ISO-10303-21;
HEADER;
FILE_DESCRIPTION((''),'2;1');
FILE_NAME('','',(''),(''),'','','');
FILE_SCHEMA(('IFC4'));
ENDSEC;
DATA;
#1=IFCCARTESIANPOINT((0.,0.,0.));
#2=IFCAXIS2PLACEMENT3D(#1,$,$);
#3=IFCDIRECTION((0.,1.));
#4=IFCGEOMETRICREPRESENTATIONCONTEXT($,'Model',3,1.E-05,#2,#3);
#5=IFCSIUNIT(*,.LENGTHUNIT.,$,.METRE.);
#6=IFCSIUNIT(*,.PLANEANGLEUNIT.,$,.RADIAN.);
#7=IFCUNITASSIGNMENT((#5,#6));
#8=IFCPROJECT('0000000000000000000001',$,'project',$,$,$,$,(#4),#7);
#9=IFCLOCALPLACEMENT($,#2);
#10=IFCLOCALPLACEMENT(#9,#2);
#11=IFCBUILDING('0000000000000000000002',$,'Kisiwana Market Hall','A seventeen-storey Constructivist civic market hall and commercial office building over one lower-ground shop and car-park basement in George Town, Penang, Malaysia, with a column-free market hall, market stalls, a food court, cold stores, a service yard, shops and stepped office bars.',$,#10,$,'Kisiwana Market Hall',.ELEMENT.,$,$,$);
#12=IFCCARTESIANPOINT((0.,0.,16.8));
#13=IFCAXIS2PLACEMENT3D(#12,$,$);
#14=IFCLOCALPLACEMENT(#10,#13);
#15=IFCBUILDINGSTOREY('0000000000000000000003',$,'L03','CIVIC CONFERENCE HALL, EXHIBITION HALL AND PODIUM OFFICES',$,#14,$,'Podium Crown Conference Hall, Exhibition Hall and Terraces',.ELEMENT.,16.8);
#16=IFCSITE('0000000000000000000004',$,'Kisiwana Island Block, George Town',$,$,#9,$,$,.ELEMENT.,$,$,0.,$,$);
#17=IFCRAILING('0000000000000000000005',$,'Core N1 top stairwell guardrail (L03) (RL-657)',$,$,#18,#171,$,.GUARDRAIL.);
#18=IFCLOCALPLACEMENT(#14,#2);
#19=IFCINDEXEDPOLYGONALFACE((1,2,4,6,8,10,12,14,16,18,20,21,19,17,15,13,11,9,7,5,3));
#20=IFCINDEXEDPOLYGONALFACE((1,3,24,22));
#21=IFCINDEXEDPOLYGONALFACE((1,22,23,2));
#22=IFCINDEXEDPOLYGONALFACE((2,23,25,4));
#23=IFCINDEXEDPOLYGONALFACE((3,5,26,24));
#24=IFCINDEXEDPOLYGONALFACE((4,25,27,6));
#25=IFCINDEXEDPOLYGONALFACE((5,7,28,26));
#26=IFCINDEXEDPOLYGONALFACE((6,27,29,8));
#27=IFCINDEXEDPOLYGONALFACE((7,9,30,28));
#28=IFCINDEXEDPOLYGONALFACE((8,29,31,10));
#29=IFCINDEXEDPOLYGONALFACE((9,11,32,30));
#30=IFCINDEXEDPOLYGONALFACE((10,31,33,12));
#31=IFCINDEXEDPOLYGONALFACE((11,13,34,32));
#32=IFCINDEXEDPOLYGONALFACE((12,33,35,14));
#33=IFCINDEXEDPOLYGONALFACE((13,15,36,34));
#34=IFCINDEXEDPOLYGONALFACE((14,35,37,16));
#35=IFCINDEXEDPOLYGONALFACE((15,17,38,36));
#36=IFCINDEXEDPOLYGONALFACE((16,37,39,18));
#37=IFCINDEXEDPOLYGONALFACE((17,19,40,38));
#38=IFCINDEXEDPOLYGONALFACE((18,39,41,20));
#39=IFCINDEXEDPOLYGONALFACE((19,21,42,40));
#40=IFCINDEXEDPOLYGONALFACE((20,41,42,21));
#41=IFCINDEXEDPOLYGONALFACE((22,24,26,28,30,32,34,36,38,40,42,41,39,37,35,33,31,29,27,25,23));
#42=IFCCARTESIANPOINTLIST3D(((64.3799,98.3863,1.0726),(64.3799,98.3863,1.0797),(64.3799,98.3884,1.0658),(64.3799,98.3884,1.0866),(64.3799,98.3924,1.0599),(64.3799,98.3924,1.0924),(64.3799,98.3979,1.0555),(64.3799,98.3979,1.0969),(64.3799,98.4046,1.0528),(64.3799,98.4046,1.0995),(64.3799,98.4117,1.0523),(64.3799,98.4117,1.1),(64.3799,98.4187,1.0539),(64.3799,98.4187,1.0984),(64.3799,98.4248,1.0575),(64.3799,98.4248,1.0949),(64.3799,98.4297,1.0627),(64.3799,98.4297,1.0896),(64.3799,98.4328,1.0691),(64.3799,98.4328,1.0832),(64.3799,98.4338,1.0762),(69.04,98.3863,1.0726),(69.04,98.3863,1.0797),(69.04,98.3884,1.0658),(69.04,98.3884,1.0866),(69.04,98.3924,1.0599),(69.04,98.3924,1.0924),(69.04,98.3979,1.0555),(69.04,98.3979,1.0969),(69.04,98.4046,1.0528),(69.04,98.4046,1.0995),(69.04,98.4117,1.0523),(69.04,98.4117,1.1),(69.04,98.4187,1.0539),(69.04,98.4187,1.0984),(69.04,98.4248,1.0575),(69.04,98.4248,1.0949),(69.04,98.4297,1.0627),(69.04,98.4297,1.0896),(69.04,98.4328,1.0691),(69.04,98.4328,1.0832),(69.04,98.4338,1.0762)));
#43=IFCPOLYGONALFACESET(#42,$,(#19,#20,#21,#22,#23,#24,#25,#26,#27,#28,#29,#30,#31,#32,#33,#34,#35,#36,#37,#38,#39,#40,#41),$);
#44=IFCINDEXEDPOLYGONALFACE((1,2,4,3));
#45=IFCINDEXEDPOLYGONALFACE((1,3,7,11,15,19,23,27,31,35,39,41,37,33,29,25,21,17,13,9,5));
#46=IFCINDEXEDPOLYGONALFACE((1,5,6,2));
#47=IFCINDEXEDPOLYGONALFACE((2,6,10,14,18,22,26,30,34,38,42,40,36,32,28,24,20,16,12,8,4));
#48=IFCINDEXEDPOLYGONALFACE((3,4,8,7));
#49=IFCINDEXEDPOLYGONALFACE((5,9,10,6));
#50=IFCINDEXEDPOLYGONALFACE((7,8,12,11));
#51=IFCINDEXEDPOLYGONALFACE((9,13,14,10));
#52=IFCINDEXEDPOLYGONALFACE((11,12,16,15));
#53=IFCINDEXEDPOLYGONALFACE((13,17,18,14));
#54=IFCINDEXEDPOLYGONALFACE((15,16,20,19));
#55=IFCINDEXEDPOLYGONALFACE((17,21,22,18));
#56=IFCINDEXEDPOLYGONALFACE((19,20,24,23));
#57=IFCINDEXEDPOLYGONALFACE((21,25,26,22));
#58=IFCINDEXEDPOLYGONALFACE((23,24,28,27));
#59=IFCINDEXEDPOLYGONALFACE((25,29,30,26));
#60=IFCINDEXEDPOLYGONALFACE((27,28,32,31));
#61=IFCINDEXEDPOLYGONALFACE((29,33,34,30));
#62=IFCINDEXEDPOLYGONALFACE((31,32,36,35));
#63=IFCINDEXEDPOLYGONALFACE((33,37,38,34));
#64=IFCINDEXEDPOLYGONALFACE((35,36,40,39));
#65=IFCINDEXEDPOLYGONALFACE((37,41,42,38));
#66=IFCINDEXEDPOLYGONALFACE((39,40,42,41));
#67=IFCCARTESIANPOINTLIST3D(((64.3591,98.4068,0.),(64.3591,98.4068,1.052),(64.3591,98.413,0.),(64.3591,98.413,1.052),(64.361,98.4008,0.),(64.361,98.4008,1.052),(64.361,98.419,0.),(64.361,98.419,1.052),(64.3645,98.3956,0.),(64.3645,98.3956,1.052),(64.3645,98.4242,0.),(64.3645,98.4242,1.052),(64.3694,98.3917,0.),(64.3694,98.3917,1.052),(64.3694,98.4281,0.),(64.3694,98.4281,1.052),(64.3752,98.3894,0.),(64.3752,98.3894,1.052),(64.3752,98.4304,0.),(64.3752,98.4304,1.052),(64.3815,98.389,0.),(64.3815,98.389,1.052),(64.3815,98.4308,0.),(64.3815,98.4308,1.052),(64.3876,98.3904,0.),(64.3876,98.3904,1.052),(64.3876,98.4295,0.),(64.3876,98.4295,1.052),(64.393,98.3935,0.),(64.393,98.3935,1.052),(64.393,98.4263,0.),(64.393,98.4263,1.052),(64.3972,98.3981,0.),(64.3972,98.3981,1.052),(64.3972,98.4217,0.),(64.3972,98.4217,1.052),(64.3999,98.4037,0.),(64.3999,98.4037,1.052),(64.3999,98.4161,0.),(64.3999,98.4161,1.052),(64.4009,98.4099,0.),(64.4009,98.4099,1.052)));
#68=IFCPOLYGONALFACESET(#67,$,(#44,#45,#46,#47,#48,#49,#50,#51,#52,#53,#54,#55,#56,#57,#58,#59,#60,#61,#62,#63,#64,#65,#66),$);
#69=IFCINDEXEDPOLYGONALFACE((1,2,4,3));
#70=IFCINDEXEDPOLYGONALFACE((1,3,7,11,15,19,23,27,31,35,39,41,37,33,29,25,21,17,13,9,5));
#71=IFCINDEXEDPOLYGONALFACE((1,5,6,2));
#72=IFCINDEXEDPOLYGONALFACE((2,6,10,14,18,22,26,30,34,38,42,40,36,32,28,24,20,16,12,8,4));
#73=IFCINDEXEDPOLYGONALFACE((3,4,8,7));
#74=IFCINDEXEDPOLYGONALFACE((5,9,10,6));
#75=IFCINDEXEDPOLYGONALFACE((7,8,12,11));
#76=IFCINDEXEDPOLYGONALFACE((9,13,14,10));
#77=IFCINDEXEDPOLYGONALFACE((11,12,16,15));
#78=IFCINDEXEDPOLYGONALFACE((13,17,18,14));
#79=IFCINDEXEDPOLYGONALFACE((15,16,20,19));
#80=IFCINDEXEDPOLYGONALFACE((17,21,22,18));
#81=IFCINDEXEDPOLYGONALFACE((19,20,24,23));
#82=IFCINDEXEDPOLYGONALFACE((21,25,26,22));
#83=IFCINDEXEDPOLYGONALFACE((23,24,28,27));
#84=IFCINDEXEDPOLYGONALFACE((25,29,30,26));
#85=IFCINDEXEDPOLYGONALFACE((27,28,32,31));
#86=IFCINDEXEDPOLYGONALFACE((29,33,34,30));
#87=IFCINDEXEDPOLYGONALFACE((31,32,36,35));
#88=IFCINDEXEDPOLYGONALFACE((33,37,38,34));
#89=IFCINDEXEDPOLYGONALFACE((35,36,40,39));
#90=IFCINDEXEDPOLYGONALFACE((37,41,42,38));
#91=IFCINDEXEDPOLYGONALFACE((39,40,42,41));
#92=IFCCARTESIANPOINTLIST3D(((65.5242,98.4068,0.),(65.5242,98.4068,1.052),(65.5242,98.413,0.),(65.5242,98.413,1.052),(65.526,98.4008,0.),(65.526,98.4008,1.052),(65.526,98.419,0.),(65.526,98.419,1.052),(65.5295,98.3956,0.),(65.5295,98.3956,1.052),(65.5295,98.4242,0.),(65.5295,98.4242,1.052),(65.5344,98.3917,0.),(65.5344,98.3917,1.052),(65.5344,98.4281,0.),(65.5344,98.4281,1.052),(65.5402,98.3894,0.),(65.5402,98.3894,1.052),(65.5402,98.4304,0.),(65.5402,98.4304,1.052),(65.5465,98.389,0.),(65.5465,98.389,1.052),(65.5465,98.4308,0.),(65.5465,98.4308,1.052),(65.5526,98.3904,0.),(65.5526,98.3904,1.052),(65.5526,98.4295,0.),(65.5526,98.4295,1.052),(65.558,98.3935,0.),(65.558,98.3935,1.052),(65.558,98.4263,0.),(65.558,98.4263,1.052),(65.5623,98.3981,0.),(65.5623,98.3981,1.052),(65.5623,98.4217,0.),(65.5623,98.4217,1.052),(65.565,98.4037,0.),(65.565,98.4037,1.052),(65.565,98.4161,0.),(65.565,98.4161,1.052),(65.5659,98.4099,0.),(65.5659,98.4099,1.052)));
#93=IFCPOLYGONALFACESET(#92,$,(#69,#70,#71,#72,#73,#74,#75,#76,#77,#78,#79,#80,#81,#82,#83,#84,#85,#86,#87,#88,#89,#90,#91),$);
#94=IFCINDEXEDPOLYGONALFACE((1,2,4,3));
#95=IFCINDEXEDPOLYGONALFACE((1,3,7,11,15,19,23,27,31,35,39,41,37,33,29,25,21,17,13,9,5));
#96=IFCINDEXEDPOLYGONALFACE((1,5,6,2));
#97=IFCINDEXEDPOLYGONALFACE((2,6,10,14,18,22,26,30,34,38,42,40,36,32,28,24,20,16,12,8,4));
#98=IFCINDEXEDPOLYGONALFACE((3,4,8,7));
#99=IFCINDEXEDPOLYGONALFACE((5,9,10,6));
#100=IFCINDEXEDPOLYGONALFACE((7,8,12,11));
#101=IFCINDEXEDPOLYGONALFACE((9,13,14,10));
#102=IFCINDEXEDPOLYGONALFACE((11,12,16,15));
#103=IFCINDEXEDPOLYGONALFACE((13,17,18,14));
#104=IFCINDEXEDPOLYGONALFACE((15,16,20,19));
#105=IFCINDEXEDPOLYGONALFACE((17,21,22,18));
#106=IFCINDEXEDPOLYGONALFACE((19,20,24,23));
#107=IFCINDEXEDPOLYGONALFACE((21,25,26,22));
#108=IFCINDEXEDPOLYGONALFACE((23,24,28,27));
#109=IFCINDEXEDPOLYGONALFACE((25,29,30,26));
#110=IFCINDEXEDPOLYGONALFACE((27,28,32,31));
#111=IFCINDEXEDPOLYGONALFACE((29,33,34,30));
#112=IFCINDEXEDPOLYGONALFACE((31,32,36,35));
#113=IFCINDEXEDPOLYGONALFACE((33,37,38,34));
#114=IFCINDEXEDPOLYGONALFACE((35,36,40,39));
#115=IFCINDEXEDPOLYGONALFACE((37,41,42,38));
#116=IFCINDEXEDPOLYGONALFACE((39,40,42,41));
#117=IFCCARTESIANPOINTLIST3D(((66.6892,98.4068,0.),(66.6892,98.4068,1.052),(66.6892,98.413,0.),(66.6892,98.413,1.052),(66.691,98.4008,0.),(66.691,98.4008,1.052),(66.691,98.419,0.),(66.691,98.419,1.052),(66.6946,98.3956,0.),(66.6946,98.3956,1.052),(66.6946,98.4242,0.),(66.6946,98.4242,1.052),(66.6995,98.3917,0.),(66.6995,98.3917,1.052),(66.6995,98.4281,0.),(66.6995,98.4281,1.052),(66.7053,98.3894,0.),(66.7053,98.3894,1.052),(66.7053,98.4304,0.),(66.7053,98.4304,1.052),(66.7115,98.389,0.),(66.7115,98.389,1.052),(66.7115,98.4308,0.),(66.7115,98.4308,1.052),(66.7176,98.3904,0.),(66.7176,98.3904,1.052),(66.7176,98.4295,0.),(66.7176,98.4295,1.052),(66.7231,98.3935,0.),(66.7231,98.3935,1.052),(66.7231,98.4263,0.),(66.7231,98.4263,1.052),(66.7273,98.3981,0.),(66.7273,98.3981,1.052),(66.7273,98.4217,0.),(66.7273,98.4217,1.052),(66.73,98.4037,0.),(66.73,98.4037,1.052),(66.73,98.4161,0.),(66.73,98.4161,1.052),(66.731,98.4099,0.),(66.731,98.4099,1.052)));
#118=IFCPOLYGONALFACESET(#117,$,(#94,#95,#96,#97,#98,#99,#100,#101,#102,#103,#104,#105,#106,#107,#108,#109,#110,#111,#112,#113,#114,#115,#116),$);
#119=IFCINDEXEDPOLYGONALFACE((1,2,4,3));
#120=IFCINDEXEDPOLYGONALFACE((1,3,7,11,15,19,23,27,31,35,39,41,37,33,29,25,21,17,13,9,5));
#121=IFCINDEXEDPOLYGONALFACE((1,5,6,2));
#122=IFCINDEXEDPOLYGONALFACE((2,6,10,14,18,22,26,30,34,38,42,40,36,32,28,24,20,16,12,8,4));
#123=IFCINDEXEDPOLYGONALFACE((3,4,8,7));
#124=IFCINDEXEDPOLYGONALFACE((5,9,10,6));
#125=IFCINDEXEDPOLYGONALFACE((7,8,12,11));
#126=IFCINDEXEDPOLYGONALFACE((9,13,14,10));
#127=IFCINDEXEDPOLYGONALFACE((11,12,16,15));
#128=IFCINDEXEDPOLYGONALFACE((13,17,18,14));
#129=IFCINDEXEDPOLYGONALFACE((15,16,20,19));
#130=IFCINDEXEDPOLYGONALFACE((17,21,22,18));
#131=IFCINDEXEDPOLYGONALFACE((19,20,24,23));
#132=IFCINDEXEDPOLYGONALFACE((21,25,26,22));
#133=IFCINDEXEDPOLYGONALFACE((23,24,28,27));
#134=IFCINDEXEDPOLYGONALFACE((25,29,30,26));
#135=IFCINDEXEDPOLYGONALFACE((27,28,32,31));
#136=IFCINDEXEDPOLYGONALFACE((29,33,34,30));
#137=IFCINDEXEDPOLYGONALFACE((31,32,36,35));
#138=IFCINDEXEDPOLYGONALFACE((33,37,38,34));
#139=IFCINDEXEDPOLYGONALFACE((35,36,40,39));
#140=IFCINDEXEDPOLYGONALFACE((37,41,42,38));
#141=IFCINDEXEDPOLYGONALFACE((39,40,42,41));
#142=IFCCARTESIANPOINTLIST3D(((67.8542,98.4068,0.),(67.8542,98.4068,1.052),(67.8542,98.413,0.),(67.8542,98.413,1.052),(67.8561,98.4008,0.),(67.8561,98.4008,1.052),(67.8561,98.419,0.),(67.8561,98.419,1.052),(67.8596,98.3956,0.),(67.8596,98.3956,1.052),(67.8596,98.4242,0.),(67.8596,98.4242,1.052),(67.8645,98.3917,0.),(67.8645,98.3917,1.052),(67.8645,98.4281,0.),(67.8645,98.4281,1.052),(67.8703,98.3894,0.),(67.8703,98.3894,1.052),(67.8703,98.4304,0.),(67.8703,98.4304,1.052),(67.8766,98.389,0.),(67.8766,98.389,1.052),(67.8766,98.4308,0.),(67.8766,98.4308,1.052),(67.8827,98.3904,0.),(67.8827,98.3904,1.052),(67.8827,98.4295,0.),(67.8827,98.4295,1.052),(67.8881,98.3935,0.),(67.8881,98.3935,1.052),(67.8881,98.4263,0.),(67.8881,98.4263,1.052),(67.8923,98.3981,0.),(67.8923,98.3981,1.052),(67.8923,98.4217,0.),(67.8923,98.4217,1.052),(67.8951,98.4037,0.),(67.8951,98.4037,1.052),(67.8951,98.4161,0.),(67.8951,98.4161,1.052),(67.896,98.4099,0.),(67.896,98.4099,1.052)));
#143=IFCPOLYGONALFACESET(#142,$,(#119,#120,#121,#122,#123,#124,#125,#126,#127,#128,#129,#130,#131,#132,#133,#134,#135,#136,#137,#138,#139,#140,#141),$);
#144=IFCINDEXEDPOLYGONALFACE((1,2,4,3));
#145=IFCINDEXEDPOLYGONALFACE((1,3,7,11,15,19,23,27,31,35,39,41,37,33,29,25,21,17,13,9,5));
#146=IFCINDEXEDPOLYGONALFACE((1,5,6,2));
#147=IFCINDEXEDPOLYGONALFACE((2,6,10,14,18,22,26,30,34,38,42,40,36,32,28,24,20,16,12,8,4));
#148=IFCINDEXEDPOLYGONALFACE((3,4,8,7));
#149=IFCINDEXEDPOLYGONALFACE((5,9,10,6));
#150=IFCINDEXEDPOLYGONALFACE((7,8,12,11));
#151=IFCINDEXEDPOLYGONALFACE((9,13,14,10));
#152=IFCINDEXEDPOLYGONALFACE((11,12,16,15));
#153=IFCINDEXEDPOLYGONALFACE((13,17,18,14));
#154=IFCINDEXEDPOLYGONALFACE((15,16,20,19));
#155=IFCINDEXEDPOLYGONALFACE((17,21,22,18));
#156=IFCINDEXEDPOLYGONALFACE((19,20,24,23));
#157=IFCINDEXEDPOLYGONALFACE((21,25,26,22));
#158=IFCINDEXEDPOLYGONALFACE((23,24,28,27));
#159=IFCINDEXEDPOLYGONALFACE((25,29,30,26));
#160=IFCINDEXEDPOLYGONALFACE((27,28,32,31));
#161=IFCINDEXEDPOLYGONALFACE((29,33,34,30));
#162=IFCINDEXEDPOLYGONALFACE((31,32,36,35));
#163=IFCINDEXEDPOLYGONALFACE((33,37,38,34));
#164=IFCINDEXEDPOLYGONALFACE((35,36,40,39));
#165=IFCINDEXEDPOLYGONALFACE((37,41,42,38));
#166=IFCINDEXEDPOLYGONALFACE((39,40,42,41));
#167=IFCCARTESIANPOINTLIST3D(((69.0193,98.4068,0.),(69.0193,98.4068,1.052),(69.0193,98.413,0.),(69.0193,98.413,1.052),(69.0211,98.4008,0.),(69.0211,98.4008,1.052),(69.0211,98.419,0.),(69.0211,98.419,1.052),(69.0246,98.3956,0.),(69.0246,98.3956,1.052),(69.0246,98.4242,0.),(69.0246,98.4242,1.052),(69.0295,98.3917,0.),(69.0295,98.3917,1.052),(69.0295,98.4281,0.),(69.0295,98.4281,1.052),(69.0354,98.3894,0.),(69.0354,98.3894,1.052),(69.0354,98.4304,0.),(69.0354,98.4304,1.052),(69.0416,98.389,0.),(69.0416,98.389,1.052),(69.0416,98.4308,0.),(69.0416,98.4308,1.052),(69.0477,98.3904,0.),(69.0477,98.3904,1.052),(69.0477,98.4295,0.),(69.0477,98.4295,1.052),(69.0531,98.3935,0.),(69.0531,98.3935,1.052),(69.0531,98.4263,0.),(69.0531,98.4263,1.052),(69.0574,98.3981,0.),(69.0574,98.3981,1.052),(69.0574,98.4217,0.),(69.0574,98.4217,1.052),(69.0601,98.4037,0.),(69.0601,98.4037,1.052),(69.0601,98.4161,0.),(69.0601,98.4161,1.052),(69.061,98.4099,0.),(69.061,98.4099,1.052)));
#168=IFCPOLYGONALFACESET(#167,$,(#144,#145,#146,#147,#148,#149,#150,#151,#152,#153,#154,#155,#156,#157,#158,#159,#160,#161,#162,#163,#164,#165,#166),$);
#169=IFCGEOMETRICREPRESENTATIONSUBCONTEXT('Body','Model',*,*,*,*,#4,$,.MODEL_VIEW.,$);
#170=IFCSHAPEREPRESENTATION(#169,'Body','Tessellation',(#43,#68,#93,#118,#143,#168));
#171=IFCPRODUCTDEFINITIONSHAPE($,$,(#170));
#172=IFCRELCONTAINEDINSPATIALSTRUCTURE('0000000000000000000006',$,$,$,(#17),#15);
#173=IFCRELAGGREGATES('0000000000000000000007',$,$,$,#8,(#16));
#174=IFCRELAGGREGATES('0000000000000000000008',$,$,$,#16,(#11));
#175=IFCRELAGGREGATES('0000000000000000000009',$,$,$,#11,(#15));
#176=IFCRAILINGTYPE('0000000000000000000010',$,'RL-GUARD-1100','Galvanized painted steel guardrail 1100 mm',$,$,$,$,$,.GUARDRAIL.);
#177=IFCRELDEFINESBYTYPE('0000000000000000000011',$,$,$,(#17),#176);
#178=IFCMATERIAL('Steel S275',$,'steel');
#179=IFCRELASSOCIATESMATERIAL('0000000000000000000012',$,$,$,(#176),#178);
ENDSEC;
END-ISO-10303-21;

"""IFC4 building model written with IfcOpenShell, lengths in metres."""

from ifc_helpers import new_model, si_unit, direction, frame, origin, origin_2d, place, context, subcontext, project, spatial, circle, extrude, material, type_object, element, save


model = new_model("IFC4")

# Units and contexts
model_context = context("Model", 3, precision=1e-05, world=origin(), true_north=direction((0.0, 1.0)))
body_context = subcontext(model_context, "Body", "Model", "MODEL_VIEW")
ifc_project = project(units=[si_unit("LENGTHUNIT", "METRE"), si_unit("PLANEANGLEUNIT", "RADIAN")], contexts=[model_context])

# Site, building, storey
site_placement = place(None, origin())
site = spatial("IfcSite", under=ifc_project, at=site_placement, Name="Kisiwana Island Block, George Town", CompositionType="ELEMENT", RefElevation=0.0)
building_placement = place(site_placement, origin())
building = spatial("IfcBuilding", under=site, at=building_placement, Name="Kisiwana Market Hall", Description="A seventeen-storey Constructivist civic market hall and commercial office building over one lower-ground shop and car-park basement in George Town, Penang, Malaysia, with a column-free market hall, market stalls, a food court, cold stores, a service yard, shops and stepped office bars.", LongName="Kisiwana Market Hall", CompositionType="ELEMENT")
storey_placement = place(building_placement, frame((0.0, 0.0, 16.8)))
storey = spatial("IfcBuildingStorey", under=building, at=storey_placement, Name="L03", Description="CIVIC CONFERENCE HALL, EXHIBITION HALL AND PODIUM OFFICES", LongName="Podium Crown Conference Hall, Exhibition Hall and Terraces", CompositionType="ELEMENT", Elevation=16.8)

# Railing
ifc_material_1 = material(Name="Steel S275", Category="steel")
railing_type = type_object("IfcRailingType", Name="RL-GUARD-1100", Description="Galvanized painted steel guardrail 1100 mm", PredefinedType="GUARDRAIL", material=ifc_material_1)
railing_1_placement = place(storey_placement, frame((64.3799, 98.4099, 0.0)))
element("IfcRailing", 1, at=railing_1_placement, inside=storey, type_object=railing_type, Name="Core N1 top stairwell guardrail (L03) (RL-657)", PredefinedType="GUARDRAIL", context=body_context, shape_type="SweptSolid", body=[
    extrude(circle(Radius=0.0239, at=origin_2d()), frame((0.0, 0.0, 1.0762), z_axis=(1.0, 0.0, 0.0), x_axis=(0.0, 1.0, 0.0)), (0.0, 0.0, 1.0), 4.6602),
    extrude(circle(Radius=0.021, at=origin_2d()), origin(), (0.0, 0.0, 1.0), 1.052),
    extrude(circle(Radius=0.021, at=origin_2d()), frame((1.165, 0.0, 0.0)), (0.0, 0.0, 1.0), 1.052),
    extrude(circle(Radius=0.021, at=origin_2d()), frame((2.3301, 0.0, 0.0)), (0.0, 0.0, 1.0), 1.052),
    extrude(circle(Radius=0.021, at=origin_2d()), frame((3.4951, 0.0, 0.0)), (0.0, 0.0, 1.0), 1.052),
    extrude(circle(Radius=0.021, at=origin_2d()), frame((4.6602, 0.0, 0.0)), (0.0, 0.0, 1.0), 1.052),
])

save(model, "model.ifc")
